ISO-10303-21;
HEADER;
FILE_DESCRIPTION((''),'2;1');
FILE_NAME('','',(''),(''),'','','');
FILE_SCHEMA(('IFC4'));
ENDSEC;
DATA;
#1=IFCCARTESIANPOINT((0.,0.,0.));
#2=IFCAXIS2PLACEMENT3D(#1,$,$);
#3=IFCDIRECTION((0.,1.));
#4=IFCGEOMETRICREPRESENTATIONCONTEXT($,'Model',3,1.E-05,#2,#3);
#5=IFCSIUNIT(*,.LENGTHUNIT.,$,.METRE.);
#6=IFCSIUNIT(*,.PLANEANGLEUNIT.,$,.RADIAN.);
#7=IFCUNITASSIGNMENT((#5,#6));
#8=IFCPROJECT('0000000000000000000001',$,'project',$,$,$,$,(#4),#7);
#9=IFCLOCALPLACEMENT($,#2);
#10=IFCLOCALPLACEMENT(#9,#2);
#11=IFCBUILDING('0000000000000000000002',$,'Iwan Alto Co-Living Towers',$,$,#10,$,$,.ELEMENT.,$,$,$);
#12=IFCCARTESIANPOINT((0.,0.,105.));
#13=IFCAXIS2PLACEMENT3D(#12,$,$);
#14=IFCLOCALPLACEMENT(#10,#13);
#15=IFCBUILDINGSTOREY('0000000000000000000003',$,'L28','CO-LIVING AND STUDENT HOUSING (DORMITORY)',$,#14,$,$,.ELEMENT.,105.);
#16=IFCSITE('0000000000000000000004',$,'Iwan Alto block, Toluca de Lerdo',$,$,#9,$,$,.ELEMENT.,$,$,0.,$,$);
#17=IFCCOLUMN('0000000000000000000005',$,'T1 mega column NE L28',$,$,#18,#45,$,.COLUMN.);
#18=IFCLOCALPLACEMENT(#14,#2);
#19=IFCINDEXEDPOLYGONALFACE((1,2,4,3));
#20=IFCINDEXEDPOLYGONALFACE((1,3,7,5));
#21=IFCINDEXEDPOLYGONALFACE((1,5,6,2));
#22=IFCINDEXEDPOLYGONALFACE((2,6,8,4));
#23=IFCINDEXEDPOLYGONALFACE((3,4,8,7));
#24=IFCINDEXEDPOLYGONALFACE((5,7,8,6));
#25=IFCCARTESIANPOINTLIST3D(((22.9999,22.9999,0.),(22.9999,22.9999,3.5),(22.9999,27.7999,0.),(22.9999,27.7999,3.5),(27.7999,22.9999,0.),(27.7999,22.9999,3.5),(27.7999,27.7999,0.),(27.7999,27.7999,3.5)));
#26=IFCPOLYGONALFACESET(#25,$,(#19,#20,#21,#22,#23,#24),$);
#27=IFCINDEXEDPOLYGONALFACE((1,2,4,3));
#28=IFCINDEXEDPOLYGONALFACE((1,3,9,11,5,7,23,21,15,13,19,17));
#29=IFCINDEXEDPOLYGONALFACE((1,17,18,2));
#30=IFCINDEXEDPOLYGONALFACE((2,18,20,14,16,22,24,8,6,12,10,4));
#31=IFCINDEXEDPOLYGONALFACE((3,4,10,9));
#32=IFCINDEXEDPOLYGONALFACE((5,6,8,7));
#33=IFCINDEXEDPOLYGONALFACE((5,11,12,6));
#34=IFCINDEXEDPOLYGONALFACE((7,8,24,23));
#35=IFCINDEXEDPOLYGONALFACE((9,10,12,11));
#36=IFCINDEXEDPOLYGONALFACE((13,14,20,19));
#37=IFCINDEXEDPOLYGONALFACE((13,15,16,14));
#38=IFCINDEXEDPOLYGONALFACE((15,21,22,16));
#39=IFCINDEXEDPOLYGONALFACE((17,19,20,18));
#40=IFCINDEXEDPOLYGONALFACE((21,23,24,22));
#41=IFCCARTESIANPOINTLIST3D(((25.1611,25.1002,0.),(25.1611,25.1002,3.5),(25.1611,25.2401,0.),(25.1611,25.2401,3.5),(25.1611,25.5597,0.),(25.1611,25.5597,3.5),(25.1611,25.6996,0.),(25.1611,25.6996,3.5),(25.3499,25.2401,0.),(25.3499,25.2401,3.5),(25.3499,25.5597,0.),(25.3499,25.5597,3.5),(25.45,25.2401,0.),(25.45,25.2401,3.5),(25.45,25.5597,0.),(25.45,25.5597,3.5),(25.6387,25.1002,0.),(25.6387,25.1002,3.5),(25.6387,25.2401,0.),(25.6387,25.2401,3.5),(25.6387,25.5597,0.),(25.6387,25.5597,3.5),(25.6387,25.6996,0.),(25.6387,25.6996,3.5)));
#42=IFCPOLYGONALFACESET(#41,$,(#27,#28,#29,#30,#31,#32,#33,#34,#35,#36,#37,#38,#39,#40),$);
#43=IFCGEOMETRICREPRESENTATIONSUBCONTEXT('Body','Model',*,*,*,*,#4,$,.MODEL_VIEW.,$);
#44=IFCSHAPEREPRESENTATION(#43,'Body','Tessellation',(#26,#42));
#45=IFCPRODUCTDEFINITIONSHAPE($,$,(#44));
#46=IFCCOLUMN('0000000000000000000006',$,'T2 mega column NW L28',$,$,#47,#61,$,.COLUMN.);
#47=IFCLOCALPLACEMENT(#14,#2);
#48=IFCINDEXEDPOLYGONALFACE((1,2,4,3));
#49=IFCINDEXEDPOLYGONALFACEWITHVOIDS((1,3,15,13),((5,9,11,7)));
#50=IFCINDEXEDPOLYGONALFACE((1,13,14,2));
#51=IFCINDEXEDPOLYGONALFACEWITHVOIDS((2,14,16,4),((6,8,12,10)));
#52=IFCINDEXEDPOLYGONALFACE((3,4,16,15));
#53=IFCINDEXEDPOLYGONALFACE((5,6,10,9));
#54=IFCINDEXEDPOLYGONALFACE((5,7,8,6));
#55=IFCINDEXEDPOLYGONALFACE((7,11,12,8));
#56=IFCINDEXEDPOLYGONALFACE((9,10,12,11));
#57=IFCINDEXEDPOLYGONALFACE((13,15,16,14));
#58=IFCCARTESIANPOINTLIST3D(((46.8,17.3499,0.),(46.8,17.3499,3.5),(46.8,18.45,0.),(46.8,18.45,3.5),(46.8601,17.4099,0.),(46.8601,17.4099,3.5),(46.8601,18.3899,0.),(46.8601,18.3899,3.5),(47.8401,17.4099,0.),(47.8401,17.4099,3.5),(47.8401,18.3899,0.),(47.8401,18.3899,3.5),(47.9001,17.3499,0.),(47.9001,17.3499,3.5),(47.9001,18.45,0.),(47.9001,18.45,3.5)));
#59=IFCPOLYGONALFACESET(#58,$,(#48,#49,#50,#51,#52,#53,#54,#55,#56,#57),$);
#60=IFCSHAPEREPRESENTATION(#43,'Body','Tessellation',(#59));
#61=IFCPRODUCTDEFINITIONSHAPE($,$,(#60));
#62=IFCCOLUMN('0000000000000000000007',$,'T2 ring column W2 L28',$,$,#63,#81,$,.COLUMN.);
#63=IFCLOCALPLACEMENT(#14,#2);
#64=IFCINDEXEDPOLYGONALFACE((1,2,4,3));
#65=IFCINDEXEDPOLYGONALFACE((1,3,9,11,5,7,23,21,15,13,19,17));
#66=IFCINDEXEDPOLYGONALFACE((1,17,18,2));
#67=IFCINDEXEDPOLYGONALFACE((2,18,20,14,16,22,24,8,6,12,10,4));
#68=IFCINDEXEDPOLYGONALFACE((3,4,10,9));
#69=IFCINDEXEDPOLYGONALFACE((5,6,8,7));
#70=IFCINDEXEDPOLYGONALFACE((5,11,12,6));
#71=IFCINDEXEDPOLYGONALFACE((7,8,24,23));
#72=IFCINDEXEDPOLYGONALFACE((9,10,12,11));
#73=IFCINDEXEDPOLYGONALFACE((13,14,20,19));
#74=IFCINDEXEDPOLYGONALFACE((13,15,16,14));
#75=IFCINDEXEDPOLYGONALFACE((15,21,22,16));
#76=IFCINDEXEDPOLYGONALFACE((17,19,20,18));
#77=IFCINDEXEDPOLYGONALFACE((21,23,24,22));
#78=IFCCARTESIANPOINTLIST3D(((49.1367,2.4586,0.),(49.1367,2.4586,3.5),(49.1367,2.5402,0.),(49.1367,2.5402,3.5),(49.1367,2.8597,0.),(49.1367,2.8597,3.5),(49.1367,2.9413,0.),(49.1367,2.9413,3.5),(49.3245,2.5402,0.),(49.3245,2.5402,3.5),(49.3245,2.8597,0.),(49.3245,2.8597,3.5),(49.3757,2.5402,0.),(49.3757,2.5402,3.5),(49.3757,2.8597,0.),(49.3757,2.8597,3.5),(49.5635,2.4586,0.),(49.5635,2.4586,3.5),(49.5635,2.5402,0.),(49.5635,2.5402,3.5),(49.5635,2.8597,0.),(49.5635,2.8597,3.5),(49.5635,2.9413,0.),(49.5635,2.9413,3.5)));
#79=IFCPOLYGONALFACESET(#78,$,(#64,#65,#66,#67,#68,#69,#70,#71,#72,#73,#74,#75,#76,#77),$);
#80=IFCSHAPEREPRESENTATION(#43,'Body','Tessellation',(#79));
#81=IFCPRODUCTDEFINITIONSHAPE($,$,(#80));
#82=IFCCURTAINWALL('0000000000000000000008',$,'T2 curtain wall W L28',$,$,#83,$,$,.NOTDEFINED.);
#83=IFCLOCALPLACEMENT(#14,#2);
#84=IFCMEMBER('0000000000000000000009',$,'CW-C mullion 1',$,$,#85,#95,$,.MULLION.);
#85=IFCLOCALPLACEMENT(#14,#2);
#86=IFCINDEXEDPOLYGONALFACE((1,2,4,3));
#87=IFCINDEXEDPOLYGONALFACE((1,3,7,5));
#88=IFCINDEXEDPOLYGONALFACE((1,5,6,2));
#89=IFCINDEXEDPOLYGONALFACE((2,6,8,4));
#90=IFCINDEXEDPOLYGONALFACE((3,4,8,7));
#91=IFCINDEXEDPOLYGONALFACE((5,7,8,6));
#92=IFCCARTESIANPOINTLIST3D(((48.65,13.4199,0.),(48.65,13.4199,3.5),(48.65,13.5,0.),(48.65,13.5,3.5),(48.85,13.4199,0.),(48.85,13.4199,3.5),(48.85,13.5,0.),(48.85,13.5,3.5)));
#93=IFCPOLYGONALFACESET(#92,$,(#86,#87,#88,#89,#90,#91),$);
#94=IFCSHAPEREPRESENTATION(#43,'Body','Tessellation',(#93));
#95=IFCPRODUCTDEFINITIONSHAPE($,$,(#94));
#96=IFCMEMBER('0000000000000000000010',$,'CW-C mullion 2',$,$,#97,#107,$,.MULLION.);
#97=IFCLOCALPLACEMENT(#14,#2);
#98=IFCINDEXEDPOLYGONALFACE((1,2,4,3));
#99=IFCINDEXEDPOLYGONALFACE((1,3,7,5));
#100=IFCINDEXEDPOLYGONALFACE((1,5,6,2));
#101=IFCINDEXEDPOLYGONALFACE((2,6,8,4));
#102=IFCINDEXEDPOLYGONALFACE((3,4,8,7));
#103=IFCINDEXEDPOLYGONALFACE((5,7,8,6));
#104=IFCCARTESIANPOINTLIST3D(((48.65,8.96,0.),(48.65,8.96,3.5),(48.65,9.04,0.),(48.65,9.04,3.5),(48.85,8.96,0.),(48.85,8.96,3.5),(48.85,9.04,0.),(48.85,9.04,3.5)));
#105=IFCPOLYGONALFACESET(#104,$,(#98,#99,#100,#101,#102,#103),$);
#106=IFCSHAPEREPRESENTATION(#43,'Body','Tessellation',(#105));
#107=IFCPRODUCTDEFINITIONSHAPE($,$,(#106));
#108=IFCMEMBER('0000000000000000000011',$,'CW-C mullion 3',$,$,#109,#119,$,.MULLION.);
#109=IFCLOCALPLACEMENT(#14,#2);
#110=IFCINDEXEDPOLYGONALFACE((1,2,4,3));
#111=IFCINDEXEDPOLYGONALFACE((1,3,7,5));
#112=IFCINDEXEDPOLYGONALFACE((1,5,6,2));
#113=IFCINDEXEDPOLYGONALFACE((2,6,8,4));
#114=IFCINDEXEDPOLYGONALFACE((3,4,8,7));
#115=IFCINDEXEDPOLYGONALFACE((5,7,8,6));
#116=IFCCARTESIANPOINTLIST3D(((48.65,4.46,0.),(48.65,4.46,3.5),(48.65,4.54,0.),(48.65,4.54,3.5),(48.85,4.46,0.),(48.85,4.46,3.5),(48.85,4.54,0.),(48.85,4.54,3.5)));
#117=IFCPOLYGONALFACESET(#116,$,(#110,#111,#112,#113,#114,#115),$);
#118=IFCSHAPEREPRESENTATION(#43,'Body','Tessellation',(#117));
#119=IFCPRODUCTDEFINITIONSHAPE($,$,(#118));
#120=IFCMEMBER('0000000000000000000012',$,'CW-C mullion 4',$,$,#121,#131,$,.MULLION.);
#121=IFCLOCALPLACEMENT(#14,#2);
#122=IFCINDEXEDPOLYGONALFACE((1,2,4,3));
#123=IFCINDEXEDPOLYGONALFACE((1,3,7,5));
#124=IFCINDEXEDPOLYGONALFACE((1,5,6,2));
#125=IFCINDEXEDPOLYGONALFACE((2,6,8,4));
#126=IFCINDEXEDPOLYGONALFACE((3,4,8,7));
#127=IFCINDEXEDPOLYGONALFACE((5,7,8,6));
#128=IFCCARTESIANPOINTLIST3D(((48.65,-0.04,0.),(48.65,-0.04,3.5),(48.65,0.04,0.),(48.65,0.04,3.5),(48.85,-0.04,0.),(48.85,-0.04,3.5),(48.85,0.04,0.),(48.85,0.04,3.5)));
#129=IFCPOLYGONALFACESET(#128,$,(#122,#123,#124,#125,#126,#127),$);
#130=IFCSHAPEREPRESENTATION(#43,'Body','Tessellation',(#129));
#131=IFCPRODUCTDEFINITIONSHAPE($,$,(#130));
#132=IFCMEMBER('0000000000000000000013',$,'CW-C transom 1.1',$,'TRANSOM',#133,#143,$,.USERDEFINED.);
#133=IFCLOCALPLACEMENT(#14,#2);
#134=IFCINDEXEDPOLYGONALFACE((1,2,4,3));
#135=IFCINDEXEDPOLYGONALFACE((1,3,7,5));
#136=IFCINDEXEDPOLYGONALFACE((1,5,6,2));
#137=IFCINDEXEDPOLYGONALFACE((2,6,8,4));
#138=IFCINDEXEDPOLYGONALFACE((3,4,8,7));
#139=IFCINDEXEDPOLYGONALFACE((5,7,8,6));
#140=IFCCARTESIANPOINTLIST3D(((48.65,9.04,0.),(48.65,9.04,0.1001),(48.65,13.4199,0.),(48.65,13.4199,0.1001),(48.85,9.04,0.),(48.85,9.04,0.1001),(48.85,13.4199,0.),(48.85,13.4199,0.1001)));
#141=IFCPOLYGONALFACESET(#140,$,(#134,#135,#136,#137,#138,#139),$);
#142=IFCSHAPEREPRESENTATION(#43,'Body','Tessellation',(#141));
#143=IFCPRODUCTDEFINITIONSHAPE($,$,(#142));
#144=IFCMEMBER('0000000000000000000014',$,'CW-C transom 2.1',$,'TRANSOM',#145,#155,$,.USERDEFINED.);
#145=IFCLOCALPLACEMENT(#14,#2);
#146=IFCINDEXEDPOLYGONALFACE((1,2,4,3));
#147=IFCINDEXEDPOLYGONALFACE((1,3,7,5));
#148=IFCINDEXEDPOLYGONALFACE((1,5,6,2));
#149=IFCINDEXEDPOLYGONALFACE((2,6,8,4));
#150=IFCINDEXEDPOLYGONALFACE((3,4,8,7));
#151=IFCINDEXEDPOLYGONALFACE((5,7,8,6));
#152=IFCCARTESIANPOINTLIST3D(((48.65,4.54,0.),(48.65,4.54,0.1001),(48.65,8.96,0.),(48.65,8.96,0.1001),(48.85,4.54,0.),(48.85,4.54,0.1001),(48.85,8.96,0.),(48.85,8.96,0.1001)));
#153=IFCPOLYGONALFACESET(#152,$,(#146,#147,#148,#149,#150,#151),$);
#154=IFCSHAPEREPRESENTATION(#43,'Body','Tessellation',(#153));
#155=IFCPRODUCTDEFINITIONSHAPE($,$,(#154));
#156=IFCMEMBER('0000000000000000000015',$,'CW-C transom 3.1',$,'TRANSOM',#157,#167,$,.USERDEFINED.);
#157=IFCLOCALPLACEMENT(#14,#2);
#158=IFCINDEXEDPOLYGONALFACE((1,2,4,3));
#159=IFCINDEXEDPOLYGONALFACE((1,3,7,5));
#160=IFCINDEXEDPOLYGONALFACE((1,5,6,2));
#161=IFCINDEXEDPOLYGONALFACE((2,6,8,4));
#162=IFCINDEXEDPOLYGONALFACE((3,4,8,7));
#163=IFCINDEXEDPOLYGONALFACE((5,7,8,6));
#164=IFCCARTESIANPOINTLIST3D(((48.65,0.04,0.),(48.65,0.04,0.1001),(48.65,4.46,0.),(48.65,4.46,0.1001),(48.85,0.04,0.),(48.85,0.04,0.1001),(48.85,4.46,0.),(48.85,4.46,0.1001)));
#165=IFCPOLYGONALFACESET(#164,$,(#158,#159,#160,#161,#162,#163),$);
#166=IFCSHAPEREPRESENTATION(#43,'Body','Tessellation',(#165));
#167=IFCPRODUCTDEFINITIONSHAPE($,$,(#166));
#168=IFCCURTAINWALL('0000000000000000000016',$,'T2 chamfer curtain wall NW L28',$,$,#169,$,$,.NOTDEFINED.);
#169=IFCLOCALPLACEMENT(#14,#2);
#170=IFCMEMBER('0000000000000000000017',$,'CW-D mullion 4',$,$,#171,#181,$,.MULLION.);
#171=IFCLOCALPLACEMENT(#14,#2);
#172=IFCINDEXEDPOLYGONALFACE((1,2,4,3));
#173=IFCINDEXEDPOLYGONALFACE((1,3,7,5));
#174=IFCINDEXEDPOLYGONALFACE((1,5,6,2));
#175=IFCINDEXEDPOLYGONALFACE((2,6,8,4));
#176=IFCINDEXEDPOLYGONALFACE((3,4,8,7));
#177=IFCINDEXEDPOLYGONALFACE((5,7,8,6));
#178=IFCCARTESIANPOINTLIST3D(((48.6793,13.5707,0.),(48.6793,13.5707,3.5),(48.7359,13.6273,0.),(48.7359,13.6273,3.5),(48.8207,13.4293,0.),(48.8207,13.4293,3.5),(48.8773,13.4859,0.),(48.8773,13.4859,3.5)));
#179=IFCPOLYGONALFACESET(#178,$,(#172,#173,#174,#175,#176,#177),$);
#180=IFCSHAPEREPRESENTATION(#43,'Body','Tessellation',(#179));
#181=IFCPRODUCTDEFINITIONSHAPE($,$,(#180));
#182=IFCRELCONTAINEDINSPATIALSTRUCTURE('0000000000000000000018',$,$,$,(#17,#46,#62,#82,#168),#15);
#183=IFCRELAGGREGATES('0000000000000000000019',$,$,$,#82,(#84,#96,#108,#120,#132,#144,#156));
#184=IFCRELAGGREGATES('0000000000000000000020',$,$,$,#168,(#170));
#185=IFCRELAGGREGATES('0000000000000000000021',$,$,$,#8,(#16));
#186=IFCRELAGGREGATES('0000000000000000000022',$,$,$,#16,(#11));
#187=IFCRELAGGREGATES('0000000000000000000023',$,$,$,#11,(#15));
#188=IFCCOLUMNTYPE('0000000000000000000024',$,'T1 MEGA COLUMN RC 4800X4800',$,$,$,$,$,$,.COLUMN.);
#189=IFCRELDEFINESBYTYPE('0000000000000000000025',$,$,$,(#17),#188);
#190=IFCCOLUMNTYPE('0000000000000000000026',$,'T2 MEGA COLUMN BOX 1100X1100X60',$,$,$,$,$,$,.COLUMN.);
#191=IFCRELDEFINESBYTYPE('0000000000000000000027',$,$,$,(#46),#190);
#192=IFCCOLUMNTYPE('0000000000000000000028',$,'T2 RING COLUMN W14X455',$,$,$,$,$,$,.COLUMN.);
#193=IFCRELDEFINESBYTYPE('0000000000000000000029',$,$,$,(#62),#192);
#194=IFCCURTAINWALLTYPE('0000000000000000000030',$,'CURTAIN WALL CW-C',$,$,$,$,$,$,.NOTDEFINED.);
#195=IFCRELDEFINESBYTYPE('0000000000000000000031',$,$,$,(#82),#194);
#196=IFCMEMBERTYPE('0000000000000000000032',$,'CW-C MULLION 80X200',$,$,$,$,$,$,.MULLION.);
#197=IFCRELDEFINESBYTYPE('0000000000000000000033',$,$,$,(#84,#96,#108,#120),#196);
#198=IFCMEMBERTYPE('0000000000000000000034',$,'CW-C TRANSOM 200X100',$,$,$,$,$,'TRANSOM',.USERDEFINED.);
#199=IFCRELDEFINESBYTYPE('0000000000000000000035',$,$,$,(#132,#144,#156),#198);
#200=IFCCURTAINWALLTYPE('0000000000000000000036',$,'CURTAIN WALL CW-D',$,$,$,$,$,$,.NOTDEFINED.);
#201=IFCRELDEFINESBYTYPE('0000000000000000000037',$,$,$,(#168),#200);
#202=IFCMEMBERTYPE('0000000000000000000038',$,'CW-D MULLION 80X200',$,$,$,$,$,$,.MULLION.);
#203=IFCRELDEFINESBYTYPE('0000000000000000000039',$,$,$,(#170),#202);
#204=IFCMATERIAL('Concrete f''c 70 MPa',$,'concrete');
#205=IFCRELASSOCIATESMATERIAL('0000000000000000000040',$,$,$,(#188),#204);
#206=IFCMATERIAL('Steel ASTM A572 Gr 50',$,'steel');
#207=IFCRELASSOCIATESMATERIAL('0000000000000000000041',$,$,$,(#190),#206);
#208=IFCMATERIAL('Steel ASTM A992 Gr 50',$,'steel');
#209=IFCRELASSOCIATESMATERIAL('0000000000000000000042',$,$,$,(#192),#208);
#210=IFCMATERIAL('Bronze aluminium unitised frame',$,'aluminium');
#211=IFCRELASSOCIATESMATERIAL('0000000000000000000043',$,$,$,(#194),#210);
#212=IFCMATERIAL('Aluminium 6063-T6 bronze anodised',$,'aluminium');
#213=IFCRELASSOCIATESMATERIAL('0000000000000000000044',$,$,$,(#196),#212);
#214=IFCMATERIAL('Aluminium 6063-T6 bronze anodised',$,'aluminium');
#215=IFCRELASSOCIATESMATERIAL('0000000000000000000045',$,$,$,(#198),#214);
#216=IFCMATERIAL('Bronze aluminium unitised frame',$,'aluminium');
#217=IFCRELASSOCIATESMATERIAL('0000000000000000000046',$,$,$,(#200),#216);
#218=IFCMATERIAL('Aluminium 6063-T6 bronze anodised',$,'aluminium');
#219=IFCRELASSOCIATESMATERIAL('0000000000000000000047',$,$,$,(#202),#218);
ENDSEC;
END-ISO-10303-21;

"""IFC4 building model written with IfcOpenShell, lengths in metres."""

from ifc_helpers import new_model, si_unit, direction, frame, origin, origin_2d, place, context, subcontext, project, spatial, rectangle, hollow_rectangle, i_section, extrude, material, material_profile, profile_set, type_object, element, aggregate, save


model = new_model("IFC4")

# Units and contexts
model_context = context("Model", 3, precision=1e-05, world=origin(), true_north=direction((0.0, 1.0)))
body_context = subcontext(model_context, "Body", "Model", "MODEL_VIEW")
ifc_project = project(units=[si_unit("LENGTHUNIT", "METRE"), si_unit("PLANEANGLEUNIT", "RADIAN")], contexts=[model_context])

# Site, building, storey
site_placement = place(None, origin())
site = spatial("IfcSite", under=ifc_project, at=site_placement, Name="Iwan Alto block, Toluca de Lerdo", CompositionType="ELEMENT", RefElevation=0.0)
building_placement = place(site_placement, origin())
building = spatial("IfcBuilding", under=site, at=building_placement, Name="Iwan Alto Co-Living Towers", CompositionType="ELEMENT")
storey_placement = place(building_placement, frame((0.0, 0.0, 105.0)))
storey = spatial("IfcBuildingStorey", under=building, at=storey_placement, Name="L28", Description="CO-LIVING AND STUDENT HOUSING (DORMITORY)", CompositionType="ELEMENT", Elevation=105.0)

# Columns
ifc_material_1 = material(Name="Concrete f'c 70 MPa", Category="concrete")
ifc_material_profile_1 = material_profile(ifc_material_1, rectangle(XDim=4.8, YDim=4.8, at=origin_2d()), Name="RC 4800X4800")
ifc_profile_set_1 = profile_set([ifc_material_profile_1], Name="Concrete f'c 70 MPa")
column_type_1 = type_object("IfcColumnType", Name="T1 MEGA COLUMN RC 4800X4800", PredefinedType="COLUMN", material=ifc_profile_set_1)
column_1_placement = place(storey_placement, frame((25.3999, 25.3999, 0.0), z_axis=(0.0, 0.0, 1.0), x_axis=(1.0, 0.0, 0.0)))
element("IfcColumn", 1, at=column_1_placement, inside=storey, type_object=column_type_1, Name="T1 mega column NE L28", PredefinedType="COLUMN", context=body_context, shape_type="SweptSolid", body=[
    extrude(rectangle(XDim=4.8, YDim=4.8, at=origin_2d()), origin(), (0.0, 0.0, 1.0), 3.5),
    extrude(i_section(OverallWidth=0.4775, OverallDepth=0.5994, WebThickness=0.1001, FlangeThickness=0.1399, at=origin_2d()), origin(), (0.0, 0.0, 1.0), 3.5),
])
ifc_material_2 = material(Name="Steel ASTM A572 Gr 50", Category="steel")
ifc_material_profile_2 = material_profile(ifc_material_2, hollow_rectangle(XDim=1.1001, YDim=1.1001, WallThickness=0.0601, at=origin_2d()), Name="BOX 1100X1100X60")
ifc_profile_set_2 = profile_set([ifc_material_profile_2], Name="Steel ASTM A572 Gr 50")
column_type_2 = type_object("IfcColumnType", Name="T2 MEGA COLUMN BOX 1100X1100X60", PredefinedType="COLUMN", material=ifc_profile_set_2)
column_2_placement = place(storey_placement, frame((47.3501, 17.8999, 0.0), z_axis=(0.0, 0.0, 1.0), x_axis=(1.0, 0.0, 0.0)))
element("IfcColumn", 2, at=column_2_placement, inside=storey, type_object=column_type_2, Name="T2 mega column NW L28", PredefinedType="COLUMN", context=body_context, shape_type="SweptSolid", body=[
    extrude(hollow_rectangle(XDim=1.1001, YDim=1.1001, WallThickness=0.0601, at=origin_2d()), origin(), (0.0, 0.0, 1.0), 3.5),
])
ifc_material_3 = material(Name="Steel ASTM A992 Gr 50", Category="steel")
ifc_material_profile_3 = material_profile(ifc_material_3, i_section(OverallWidth=0.4268, OverallDepth=0.4827, WebThickness=0.0513, FlangeThickness=0.0815, at=origin_2d()), Name="W14X455")
ifc_profile_set_3 = profile_set([ifc_material_profile_3], Name="Steel ASTM A992 Gr 50")
column_type_3 = type_object("IfcColumnType", Name="T2 RING COLUMN W14X455", PredefinedType="COLUMN", material=ifc_profile_set_3)
column_3_placement = place(storey_placement, frame((49.3501, 2.7, 0.0), z_axis=(0.0, 0.0, 1.0), x_axis=(1.0, 0.0, 0.0)))
element("IfcColumn", 3, at=column_3_placement, inside=storey, type_object=column_type_3, Name="T2 ring column W2 L28", PredefinedType="COLUMN", context=body_context, shape_type="SweptSolid", body=[
    extrude(i_section(OverallWidth=0.4268, OverallDepth=0.4827, WebThickness=0.0513, FlangeThickness=0.0815, at=origin_2d()), origin(), (0.0, 0.0, 1.0), 3.5),
])

# Curtain wall, members
ifc_material_4 = material(Name="Bronze aluminium unitised frame", Category="aluminium")
curtain_wall_type_1 = type_object("IfcCurtainWallType", Name="CURTAIN WALL CW-C", PredefinedType="NOTDEFINED", material=ifc_material_4)
curtain_wall_1_placement = place(storey_placement, origin())
curtain_wall_1 = element("IfcCurtainWall", 4, at=curtain_wall_1_placement, inside=storey, type_object=curtain_wall_type_1, Name="T2 curtain wall W L28", PredefinedType="NOTDEFINED")
ifc_material_5 = material(Name="Aluminium 6063-T6 bronze anodised", Category="aluminium")
ifc_material_profile_4 = material_profile(ifc_material_5, rectangle(XDim=0.2, YDim=0.0801, at=origin_2d()), Name="AL 80X200")
ifc_profile_set_4 = profile_set([ifc_material_profile_4], Name="Aluminium 6063-T6 bronze anodised")
member_type_1 = type_object("IfcMemberType", Name="CW-C MULLION 80X200", PredefinedType="MULLION", material=ifc_profile_set_4)
member_1_placement = place(storey_placement, frame((48.75, 13.46, 0.0), z_axis=(0.0, 0.0, 1.0), x_axis=(1.0, 0.0, 0.0)))
member_1 = element("IfcMember", 5, at=member_1_placement, type_object=member_type_1, Name="CW-C mullion 1", PredefinedType="MULLION", context=body_context, shape_type="SweptSolid", body=[
    extrude(rectangle(XDim=0.2, YDim=0.0801, at=origin_2d()), origin(), (0.0, 0.0, 1.0), 3.5),
])
member_2_placement = place(storey_placement, frame((48.75, 9.0, 0.0), z_axis=(0.0, 0.0, 1.0), x_axis=(1.0, 0.0, 0.0)))
member_2 = element("IfcMember", 6, at=member_2_placement, type_object=member_type_1, Name="CW-C mullion 2", PredefinedType="MULLION", context=body_context, shape_type="SweptSolid", body=[
    extrude(rectangle(XDim=0.2, YDim=0.0801, at=origin_2d()), origin(), (0.0, 0.0, 1.0), 3.5),
])
member_3_placement = place(storey_placement, frame((48.75, 4.5, 0.0), z_axis=(0.0, 0.0, 1.0), x_axis=(1.0, 0.0, 0.0)))
member_3 = element("IfcMember", 7, at=member_3_placement, type_object=member_type_1, Name="CW-C mullion 3", PredefinedType="MULLION", context=body_context, shape_type="SweptSolid", body=[
    extrude(rectangle(XDim=0.2, YDim=0.0801, at=origin_2d()), origin(), (0.0, 0.0, 1.0), 3.5),
])
member_4_placement = place(storey_placement, frame((48.75, 0.0, 0.0), z_axis=(0.0, 0.0, 1.0), x_axis=(1.0, 0.0, 0.0)))
member_4 = element("IfcMember", 8, at=member_4_placement, type_object=member_type_1, Name="CW-C mullion 4", PredefinedType="MULLION", context=body_context, shape_type="SweptSolid", body=[
    extrude(rectangle(XDim=0.2, YDim=0.0801, at=origin_2d()), origin(), (0.0, 0.0, 1.0), 3.5),
])
ifc_material_6 = material(Name="Aluminium 6063-T6 bronze anodised", Category="aluminium")
ifc_material_profile_5 = material_profile(ifc_material_6, rectangle(XDim=0.2, YDim=0.1001, at=origin_2d()), Name="AL 200X100")
ifc_profile_set_5 = profile_set([ifc_material_profile_5], Name="Aluminium 6063-T6 bronze anodised")
member_type_2 = type_object("IfcMemberType", Name="CW-C TRANSOM 200X100", ElementType="TRANSOM", PredefinedType="USERDEFINED", material=ifc_profile_set_5)
member_5_placement = place(storey_placement, frame((48.75, 13.4199, 0.05), z_axis=(0.0, -1.0, 0.0), x_axis=(1.0, 0.0, 0.0)))
member_5 = element("IfcMember", 9, at=member_5_placement, type_object=member_type_2, Name="CW-C transom 1.1", ObjectType="TRANSOM", PredefinedType="USERDEFINED", context=body_context, shape_type="SweptSolid", body=[
    extrude(rectangle(XDim=0.2, YDim=0.1001, at=origin_2d()), origin(), (0.0, 0.0, 1.0), 4.3799),
])
member_6_placement = place(storey_placement, frame((48.75, 8.96, 0.05), z_axis=(0.0, -1.0, 0.0), x_axis=(1.0, 0.0, 0.0)))
member_6 = element("IfcMember", 10, at=member_6_placement, type_object=member_type_2, Name="CW-C transom 2.1", ObjectType="TRANSOM", PredefinedType="USERDEFINED", context=body_context, shape_type="SweptSolid", body=[
    extrude(rectangle(XDim=0.2, YDim=0.1001, at=origin_2d()), origin(), (0.0, 0.0, 1.0), 4.4199),
])
member_7_placement = place(storey_placement, frame((48.75, 4.46, 0.05), z_axis=(0.0, -1.0, 0.0), x_axis=(1.0, 0.0, 0.0)))
member_7 = element("IfcMember", 11, at=member_7_placement, type_object=member_type_2, Name="CW-C transom 3.1", ObjectType="TRANSOM", PredefinedType="USERDEFINED", context=body_context, shape_type="SweptSolid", body=[
    extrude(rectangle(XDim=0.2, YDim=0.1001, at=origin_2d()), origin(), (0.0, 0.0, 1.0), 4.4199),
])

# Curtain wall, member
ifc_material_7 = material(Name="Bronze aluminium unitised frame", Category="aluminium")
curtain_wall_type_2 = type_object("IfcCurtainWallType", Name="CURTAIN WALL CW-D", PredefinedType="NOTDEFINED", material=ifc_material_7)
curtain_wall_2_placement = place(storey_placement, origin())
curtain_wall_2 = element("IfcCurtainWall", 12, at=curtain_wall_2_placement, inside=storey, type_object=curtain_wall_type_2, Name="T2 chamfer curtain wall NW L28", PredefinedType="NOTDEFINED")
ifc_material_8 = material(Name="Aluminium 6063-T6 bronze anodised", Category="aluminium")
ifc_material_profile_6 = material_profile(ifc_material_8, rectangle(XDim=0.2, YDim=0.0801, at=origin_2d()), Name="AL 80X200")
ifc_profile_set_6 = profile_set([ifc_material_profile_6], Name="Aluminium 6063-T6 bronze anodised")
member_type_3 = type_object("IfcMemberType", Name="CW-D MULLION 80X200", PredefinedType="MULLION", material=ifc_profile_set_6)
member_8_placement = place(storey_placement, frame((48.7783, 13.5283, 0.0), z_axis=(0.0, 0.0, 1.0), x_axis=(0.707107, -0.707107, 0.0)))
member_8 = element("IfcMember", 13, at=member_8_placement, type_object=member_type_3, Name="CW-D mullion 4", PredefinedType="MULLION", context=body_context, shape_type="SweptSolid", body=[
    extrude(rectangle(XDim=0.2, YDim=0.0801, at=origin_2d()), origin(), (0.0, 0.0, 1.0), 3.5),
])

aggregate(curtain_wall_1, [member_1, member_2, member_3, member_4, member_5, member_6, member_7])
aggregate(curtain_wall_2, [member_8])

save(model, "model.ifc")
